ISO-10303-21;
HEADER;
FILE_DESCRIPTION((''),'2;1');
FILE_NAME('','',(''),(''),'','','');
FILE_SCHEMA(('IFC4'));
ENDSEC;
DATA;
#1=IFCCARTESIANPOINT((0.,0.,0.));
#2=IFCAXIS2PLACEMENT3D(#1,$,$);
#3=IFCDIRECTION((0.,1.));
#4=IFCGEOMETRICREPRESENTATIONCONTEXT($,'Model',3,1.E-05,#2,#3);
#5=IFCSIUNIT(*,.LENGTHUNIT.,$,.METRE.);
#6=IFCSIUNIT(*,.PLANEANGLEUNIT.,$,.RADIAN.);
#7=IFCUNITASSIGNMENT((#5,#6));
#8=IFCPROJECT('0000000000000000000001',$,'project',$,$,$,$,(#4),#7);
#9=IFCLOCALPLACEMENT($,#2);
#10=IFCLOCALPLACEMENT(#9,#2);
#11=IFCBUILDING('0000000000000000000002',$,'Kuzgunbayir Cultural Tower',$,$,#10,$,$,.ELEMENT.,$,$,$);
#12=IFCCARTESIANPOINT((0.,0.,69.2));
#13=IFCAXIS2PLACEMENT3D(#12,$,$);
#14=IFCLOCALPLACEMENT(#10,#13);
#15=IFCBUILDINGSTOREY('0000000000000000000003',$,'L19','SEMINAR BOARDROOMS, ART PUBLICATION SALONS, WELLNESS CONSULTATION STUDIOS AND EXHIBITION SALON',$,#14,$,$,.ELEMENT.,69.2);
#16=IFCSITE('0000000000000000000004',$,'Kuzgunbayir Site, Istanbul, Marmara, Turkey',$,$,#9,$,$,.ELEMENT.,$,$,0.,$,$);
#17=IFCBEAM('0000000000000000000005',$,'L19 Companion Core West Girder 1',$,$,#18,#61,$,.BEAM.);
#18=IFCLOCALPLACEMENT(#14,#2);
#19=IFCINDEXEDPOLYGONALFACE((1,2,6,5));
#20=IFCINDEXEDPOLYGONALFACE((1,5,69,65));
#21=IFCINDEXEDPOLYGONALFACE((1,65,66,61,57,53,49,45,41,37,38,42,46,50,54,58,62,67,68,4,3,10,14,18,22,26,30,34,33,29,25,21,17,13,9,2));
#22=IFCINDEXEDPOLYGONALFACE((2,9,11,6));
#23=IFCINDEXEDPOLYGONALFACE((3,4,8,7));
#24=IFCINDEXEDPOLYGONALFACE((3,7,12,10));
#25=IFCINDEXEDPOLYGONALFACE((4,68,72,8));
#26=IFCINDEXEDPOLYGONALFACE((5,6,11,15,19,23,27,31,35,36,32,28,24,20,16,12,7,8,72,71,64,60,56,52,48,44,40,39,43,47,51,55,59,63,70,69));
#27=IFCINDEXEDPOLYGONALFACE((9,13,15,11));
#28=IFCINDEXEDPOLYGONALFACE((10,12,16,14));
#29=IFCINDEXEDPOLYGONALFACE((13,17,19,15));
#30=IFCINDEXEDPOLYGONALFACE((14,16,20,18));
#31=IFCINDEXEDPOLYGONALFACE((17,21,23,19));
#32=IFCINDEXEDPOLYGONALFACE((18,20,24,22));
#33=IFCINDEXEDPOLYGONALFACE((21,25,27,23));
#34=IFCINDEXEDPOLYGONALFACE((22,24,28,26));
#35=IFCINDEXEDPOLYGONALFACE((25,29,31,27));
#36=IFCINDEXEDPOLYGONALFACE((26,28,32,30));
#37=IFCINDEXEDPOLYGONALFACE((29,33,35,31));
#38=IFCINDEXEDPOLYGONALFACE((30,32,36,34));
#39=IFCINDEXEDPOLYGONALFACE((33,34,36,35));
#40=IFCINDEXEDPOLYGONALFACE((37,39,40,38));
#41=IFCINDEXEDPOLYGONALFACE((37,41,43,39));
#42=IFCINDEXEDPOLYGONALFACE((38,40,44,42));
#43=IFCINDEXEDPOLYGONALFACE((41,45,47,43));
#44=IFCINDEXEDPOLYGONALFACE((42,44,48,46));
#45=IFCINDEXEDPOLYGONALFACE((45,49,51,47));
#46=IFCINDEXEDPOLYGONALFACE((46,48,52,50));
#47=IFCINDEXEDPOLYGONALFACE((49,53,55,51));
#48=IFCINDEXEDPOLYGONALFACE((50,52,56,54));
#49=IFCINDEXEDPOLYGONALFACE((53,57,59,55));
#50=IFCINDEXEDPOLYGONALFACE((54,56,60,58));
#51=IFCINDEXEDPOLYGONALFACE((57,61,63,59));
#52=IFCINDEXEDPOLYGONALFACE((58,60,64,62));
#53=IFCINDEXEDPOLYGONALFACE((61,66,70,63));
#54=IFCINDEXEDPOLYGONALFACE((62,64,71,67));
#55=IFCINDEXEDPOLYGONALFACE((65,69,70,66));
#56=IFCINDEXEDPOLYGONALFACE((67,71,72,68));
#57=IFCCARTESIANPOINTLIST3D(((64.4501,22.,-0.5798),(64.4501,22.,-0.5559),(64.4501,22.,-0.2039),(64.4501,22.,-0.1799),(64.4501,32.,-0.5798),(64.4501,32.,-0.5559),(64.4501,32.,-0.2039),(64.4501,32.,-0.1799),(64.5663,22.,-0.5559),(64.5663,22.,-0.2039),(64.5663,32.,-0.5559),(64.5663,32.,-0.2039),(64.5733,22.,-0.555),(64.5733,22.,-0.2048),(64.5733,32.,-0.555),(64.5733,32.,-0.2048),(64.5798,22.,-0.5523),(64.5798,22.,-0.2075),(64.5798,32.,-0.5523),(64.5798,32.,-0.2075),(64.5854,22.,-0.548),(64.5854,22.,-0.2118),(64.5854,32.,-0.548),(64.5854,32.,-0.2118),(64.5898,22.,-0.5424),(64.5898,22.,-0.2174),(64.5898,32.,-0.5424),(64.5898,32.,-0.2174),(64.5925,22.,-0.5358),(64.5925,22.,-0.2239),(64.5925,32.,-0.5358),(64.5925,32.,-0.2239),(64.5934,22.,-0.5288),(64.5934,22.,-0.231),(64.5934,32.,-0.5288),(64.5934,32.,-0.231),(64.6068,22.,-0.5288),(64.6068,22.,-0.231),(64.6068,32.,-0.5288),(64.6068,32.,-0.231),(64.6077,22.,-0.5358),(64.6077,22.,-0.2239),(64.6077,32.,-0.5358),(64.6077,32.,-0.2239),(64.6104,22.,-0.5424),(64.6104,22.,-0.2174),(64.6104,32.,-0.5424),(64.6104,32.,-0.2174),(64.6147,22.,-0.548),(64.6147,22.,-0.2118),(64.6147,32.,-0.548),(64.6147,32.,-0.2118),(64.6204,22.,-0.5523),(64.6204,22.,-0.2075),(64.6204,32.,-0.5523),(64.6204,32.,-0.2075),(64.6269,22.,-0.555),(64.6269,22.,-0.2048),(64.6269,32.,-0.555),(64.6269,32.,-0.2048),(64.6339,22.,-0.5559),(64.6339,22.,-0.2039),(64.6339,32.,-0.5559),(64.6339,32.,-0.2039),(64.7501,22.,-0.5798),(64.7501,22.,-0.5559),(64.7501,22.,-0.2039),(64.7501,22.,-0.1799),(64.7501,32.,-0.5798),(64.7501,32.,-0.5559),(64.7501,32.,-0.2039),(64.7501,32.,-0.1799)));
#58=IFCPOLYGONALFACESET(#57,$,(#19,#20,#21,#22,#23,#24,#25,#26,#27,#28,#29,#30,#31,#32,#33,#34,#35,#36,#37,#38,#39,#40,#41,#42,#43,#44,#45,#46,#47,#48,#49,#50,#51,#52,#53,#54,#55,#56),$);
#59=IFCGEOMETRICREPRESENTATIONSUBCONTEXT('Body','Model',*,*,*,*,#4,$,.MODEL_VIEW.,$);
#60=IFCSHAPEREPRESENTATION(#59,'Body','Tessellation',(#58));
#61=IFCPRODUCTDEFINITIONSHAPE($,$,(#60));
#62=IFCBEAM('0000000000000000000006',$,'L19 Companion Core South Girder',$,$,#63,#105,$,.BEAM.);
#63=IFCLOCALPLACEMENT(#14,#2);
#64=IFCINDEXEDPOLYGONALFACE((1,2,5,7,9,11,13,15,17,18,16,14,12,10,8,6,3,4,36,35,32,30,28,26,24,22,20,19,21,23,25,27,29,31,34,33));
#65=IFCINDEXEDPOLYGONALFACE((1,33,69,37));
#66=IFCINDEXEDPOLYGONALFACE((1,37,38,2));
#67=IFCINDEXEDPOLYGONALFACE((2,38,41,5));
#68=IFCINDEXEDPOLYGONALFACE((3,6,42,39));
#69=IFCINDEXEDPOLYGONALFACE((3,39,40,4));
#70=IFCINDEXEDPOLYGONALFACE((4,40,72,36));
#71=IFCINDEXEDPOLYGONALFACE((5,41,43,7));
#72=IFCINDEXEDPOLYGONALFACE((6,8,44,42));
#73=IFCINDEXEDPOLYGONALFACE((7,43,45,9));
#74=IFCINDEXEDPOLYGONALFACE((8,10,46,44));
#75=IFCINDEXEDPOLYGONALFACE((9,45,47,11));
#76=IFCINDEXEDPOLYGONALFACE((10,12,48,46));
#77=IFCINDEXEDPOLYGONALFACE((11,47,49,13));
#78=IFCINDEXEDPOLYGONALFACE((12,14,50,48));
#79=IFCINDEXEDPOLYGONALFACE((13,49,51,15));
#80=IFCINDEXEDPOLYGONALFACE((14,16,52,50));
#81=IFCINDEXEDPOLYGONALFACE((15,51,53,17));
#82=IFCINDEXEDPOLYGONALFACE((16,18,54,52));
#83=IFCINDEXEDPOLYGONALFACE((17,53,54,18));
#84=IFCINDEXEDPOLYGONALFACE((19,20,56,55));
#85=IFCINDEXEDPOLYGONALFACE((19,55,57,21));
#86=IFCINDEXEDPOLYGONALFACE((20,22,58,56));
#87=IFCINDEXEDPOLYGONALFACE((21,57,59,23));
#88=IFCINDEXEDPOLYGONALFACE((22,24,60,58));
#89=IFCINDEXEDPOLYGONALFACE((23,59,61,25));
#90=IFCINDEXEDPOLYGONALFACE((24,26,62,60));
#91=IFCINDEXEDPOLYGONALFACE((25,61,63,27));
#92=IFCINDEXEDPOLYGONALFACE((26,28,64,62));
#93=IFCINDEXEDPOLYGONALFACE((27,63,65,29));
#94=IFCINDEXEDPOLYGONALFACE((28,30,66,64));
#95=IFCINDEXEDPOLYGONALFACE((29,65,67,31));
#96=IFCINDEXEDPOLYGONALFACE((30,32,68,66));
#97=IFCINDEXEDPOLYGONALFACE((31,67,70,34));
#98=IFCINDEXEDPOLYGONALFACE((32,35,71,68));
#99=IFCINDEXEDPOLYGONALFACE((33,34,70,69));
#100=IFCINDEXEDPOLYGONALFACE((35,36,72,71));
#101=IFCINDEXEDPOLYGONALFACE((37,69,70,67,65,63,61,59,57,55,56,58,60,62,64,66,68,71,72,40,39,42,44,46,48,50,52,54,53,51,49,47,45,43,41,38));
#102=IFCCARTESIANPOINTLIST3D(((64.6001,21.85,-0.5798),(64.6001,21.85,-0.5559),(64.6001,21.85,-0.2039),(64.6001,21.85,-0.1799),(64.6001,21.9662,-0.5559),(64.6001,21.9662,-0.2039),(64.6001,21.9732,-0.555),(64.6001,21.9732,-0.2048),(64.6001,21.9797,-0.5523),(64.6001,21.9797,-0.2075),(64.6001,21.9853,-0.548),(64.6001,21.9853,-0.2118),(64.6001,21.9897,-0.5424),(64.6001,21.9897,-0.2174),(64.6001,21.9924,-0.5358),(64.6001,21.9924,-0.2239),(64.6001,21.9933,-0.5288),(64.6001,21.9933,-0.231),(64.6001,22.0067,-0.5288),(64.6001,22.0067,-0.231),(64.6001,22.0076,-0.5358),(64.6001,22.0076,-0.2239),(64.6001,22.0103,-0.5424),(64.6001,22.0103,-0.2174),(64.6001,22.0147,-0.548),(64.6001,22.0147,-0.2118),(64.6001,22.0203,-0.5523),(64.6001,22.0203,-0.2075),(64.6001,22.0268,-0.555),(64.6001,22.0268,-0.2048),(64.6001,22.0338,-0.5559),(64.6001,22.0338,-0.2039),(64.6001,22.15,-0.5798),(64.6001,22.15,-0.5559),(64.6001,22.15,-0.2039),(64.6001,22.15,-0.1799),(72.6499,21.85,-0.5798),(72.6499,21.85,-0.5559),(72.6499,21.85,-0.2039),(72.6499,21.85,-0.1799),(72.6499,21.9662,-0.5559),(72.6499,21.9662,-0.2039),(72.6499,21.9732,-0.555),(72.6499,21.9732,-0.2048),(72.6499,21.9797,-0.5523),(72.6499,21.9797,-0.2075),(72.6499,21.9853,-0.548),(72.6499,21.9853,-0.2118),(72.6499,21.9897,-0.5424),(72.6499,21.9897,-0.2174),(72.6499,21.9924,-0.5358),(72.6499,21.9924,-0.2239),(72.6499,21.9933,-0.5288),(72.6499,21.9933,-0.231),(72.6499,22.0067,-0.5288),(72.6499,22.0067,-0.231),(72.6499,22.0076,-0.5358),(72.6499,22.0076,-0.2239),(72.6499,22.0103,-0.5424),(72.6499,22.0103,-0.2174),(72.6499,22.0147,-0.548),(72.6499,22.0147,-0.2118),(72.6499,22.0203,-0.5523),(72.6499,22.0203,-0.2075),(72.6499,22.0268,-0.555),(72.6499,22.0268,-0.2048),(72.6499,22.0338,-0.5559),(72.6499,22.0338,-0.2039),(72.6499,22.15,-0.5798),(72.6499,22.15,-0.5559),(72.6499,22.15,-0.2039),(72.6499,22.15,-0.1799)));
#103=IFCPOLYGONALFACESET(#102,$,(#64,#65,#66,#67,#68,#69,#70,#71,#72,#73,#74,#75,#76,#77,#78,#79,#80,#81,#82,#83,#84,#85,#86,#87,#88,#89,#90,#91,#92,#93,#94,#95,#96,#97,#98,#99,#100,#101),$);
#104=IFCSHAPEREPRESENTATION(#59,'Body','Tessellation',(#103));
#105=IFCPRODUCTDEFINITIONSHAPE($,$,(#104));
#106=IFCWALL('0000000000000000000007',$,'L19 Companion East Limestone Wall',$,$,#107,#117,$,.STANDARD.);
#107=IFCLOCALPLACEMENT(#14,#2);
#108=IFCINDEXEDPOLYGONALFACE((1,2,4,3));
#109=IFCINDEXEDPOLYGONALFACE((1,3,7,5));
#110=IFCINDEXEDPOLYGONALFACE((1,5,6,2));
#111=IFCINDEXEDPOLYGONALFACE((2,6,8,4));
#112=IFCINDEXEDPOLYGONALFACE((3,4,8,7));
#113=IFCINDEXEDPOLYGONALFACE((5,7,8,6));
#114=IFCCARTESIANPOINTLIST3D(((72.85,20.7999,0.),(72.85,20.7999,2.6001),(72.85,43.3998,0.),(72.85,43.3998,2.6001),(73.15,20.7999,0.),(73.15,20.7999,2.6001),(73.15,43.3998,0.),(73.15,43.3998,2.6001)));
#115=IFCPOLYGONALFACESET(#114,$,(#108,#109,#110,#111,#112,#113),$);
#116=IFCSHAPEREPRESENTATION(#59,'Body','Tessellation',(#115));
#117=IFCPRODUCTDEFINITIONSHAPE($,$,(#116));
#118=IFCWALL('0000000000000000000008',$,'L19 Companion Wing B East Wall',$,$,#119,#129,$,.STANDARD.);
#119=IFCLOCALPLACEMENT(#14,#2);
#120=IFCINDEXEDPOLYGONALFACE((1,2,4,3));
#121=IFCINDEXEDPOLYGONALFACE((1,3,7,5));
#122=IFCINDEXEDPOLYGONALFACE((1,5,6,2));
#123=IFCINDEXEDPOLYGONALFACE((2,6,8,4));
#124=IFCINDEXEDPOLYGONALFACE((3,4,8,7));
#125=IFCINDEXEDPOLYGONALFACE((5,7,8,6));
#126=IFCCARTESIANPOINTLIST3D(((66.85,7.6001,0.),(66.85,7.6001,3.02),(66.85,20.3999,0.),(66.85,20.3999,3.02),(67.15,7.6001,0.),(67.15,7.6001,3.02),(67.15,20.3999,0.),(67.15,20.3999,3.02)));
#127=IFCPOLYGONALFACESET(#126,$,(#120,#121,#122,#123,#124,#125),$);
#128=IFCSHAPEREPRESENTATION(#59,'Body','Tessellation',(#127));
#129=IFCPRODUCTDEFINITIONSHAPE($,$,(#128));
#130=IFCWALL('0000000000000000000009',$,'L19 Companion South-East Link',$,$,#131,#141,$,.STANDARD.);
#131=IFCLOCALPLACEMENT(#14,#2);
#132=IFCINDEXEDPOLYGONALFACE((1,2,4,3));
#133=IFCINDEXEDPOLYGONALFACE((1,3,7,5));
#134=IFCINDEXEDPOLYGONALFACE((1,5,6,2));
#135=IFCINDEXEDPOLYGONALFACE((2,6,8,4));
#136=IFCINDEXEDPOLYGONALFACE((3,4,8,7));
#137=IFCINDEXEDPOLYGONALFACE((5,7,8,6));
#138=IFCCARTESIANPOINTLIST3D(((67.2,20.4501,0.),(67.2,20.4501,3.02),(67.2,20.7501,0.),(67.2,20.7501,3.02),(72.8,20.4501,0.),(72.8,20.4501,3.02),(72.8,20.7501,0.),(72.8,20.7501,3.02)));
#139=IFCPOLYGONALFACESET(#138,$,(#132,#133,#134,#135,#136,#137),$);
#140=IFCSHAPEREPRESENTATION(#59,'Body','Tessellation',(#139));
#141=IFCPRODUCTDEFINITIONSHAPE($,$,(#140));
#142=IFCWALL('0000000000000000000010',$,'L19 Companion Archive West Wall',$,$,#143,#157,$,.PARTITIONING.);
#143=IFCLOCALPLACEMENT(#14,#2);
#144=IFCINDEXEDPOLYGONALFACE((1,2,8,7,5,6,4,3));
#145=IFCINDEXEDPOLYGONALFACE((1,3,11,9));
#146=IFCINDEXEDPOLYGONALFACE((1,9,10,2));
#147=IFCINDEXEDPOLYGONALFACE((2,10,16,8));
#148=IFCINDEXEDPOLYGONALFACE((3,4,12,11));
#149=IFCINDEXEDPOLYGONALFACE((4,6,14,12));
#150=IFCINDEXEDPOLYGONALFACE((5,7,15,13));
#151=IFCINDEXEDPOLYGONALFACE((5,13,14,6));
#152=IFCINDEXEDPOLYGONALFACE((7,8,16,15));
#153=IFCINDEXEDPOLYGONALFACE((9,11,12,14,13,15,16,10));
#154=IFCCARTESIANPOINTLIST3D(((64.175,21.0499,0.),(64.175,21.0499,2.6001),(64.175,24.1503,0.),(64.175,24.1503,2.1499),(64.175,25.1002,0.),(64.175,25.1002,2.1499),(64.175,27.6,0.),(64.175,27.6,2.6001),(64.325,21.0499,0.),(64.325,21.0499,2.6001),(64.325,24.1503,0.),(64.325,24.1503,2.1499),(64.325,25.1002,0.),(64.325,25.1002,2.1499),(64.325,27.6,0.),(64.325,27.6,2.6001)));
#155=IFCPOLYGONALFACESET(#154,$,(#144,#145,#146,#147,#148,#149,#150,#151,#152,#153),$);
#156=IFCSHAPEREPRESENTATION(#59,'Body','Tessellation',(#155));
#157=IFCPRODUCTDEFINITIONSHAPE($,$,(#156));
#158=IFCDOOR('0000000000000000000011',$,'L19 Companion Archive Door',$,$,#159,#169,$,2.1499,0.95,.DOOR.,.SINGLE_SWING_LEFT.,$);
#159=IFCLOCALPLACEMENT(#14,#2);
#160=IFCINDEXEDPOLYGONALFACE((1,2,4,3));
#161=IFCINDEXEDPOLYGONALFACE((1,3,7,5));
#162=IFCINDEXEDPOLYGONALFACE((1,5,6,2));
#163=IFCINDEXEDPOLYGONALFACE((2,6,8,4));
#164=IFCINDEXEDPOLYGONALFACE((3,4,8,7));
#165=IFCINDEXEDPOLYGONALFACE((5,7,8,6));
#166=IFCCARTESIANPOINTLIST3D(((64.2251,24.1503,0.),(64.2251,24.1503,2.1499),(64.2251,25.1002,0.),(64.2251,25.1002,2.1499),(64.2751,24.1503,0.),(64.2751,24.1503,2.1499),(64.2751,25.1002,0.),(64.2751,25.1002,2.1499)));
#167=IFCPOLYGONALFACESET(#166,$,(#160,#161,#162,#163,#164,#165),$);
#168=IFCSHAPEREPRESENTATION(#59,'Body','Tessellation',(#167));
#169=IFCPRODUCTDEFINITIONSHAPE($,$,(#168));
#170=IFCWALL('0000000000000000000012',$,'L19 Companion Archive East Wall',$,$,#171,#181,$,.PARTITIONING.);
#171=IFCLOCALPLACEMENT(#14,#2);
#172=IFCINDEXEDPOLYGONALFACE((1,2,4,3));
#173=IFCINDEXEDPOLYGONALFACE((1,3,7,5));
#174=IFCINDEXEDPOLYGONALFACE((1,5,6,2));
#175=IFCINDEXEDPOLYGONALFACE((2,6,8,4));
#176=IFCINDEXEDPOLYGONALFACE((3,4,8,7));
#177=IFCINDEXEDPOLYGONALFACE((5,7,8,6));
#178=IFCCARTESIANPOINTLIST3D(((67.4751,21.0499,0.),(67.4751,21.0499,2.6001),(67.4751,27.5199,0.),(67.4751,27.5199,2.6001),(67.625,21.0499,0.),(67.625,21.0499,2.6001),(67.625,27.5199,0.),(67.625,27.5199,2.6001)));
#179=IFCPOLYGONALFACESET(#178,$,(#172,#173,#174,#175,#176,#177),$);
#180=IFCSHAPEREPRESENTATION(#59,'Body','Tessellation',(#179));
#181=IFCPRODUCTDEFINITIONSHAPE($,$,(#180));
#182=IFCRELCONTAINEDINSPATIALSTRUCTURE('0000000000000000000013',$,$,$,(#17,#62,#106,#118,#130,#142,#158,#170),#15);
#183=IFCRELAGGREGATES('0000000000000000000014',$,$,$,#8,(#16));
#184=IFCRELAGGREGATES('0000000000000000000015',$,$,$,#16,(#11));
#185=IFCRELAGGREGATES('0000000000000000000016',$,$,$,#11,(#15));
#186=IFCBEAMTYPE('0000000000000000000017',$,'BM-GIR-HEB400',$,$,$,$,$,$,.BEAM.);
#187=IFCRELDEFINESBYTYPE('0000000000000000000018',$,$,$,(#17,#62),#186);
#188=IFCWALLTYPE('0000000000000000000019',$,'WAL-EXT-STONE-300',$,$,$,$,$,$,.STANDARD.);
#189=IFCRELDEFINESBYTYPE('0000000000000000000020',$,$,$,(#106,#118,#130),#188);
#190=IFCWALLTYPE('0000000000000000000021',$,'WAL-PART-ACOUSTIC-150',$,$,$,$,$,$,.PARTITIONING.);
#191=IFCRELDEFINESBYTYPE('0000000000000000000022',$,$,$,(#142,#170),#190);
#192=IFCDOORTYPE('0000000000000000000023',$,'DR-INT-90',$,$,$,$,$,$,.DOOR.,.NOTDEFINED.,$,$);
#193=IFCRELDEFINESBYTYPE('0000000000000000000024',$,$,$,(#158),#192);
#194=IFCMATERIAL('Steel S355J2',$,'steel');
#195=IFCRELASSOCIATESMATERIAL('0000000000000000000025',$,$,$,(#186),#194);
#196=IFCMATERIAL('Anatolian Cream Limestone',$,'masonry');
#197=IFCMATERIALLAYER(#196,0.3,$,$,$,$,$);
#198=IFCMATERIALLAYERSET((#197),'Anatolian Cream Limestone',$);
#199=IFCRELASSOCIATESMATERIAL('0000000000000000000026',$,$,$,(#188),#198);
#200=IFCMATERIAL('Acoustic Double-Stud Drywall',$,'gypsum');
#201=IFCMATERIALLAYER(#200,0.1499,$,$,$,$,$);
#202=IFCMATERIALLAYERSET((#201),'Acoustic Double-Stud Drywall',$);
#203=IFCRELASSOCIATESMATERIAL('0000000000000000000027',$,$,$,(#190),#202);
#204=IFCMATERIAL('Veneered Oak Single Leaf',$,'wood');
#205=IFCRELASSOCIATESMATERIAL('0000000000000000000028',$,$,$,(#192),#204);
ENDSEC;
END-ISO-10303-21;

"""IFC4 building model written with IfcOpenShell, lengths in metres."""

from ifc_helpers import new_model, si_unit, direction, frame, frame_2d, origin, origin_2d, place, context, subcontext, project, spatial, rectangle, i_section, extrude, material, layer, layer_set, material_profile, profile_set, type_object, element, fill, save


model = new_model("IFC4")

# Units and contexts
model_context = context("Model", 3, precision=1e-05, world=origin(), true_north=direction((0.0, 1.0)))
body_context = subcontext(model_context, "Body", "Model", "MODEL_VIEW")
ifc_project = project(units=[si_unit("LENGTHUNIT", "METRE"), si_unit("PLANEANGLEUNIT", "RADIAN")], contexts=[model_context])

# Site, building, storey
site_placement = place(None, origin())
site = spatial("IfcSite", under=ifc_project, at=site_placement, Name="Kuzgunbayir Site, Istanbul, Marmara, Turkey", CompositionType="ELEMENT", RefElevation=0.0)
building_placement = place(site_placement, origin())
building = spatial("IfcBuilding", under=site, at=building_placement, Name="Kuzgunbayir Cultural Tower", CompositionType="ELEMENT")
storey_placement = place(building_placement, frame((0.0, 0.0, 69.2)))
storey = spatial("IfcBuildingStorey", under=building, at=storey_placement, Name="L19", Description="SEMINAR BOARDROOMS, ART PUBLICATION SALONS, WELLNESS CONSULTATION STUDIOS AND EXHIBITION SALON", CompositionType="ELEMENT", Elevation=69.2)

# Beams
ifc_material_1 = material(Name="Steel S355J2", Category="steel")
ifc_material_profile_1 = material_profile(ifc_material_1, i_section(OverallWidth=0.3, OverallDepth=0.3999, WebThickness=0.0134, FlangeThickness=0.0239, FilletRadius=0.0271, at=origin_2d()), Name="HEB 400")
ifc_profile_set_1 = profile_set([ifc_material_profile_1], Name="Steel S355J2")
beam_type_1 = type_object("IfcBeamType", Name="BM-GIR-HEB400", PredefinedType="BEAM", material=ifc_profile_set_1)
beam_1_placement = place(storey_placement, frame((64.6001, 22.0, -0.3799), z_axis=(0.0, 1.0, 0.0), x_axis=(-1.0, 0.0, 0.0)))
element("IfcBeam", 1, at=beam_1_placement, inside=storey, type_object=beam_type_1, Name="L19 Companion Core West Girder 1", PredefinedType="BEAM", context=body_context, shape_type="SweptSolid", body=[
    extrude(i_section(OverallWidth=0.3, OverallDepth=0.3999, WebThickness=0.0134, FlangeThickness=0.0239, FilletRadius=0.0271, at=origin_2d()), origin(), (0.0, 0.0, 1.0), 10.0),
])
beam_2_placement = place(storey_placement, frame((64.6001, 22.0, -0.3799), z_axis=(1.0, 0.0, 0.0), x_axis=(0.0, 1.0, 0.0)))
element("IfcBeam", 2, at=beam_2_placement, inside=storey, type_object=beam_type_1, Name="L19 Companion Core South Girder", PredefinedType="BEAM", context=body_context, shape_type="SweptSolid", body=[
    extrude(i_section(OverallWidth=0.3, OverallDepth=0.3999, WebThickness=0.0134, FlangeThickness=0.0239, FilletRadius=0.0271, at=origin_2d()), origin(), (0.0, 0.0, 1.0), 8.0498),
])

# Walls
ifc_material_2 = material(Name="Anatolian Cream Limestone", Category="masonry")
ifc_layer_1 = layer(ifc_material_2, 0.3)
ifc_layer_set_1 = layer_set([ifc_layer_1], Name="Anatolian Cream Limestone")
wall_type_1 = type_object("IfcWallType", Name="WAL-EXT-STONE-300", PredefinedType="STANDARD", material=ifc_layer_set_1)
wall_1_placement = place(storey_placement, frame((73.0, 20.8, 0.0), z_axis=(0.0, 0.0, 1.0), x_axis=(0.0, 1.0, 0.0)))
element("IfcWall", 3, at=wall_1_placement, inside=storey, type_object=wall_type_1, Name="L19 Companion East Limestone Wall", PredefinedType="STANDARD", context=body_context, shape_type="SweptSolid", body=[
    extrude(rectangle(XDim=22.5999, YDim=0.3, at=frame_2d((11.2998, 0.0))), origin(), (0.0, 0.0, 1.0), 2.6001),
])
wall_2_placement = place(storey_placement, frame((67.0, 7.6001, 0.0), z_axis=(0.0, 0.0, 1.0), x_axis=(0.0, 1.0, 0.0)))
element("IfcWall", 4, at=wall_2_placement, inside=storey, type_object=wall_type_1, Name="L19 Companion Wing B East Wall", PredefinedType="STANDARD", context=body_context, shape_type="SweptSolid", body=[
    extrude(rectangle(XDim=12.7998, YDim=0.3, at=frame_2d((6.3999, 0.0))), origin(), (0.0, 0.0, 1.0), 3.02),
])
wall_3_placement = place(storey_placement, frame((67.2, 20.6001, 0.0), z_axis=(0.0, 0.0, 1.0), x_axis=(1.0, 0.0, 0.0)))
element("IfcWall", 5, at=wall_3_placement, inside=storey, type_object=wall_type_1, Name="L19 Companion South-East Link", PredefinedType="STANDARD", context=body_context, shape_type="SweptSolid", body=[
    extrude(rectangle(XDim=5.6001, YDim=0.3, at=frame_2d((2.8, 0.0))), origin(), (0.0, 0.0, 1.0), 3.02),
])

# Wall, opening, door
ifc_material_3 = material(Name="Acoustic Double-Stud Drywall", Category="gypsum")
ifc_layer_2 = layer(ifc_material_3, 0.1499)
ifc_layer_set_2 = layer_set([ifc_layer_2], Name="Acoustic Double-Stud Drywall")
wall_type_2 = type_object("IfcWallType", Name="WAL-PART-ACOUSTIC-150", PredefinedType="PARTITIONING", material=ifc_layer_set_2)
wall_4_placement = place(storey_placement, frame((64.25, 21.05, 0.0), z_axis=(0.0, 0.0, 1.0), x_axis=(0.0, 1.0, 0.0)))
wall_4 = element("IfcWall", 6, at=wall_4_placement, inside=storey, type_object=wall_type_2, Name="L19 Companion Archive West Wall", PredefinedType="PARTITIONING", context=body_context, shape_type="SweptSolid", body=[
    extrude(rectangle(XDim=6.55, YDim=0.1499, at=frame_2d((3.2749, 0.0))), origin(), (0.0, 0.0, 1.0), 2.6001),
])
opening_1_placement = place(wall_4_placement, frame((3.1001, 0.0, 0.0)))
opening_1 = element("IfcOpeningElement", 7, at=opening_1_placement, cuts=wall_4, PredefinedType="OPENING", context=body_context, shape_type="SweptSolid", body=[
    extrude(rectangle(XDim=0.95, YDim=2.1499, at=frame_2d((0.4751, 1.075))), frame((0.0, 0.085, 0.0), z_axis=(0.0, -1.0, 0.0), x_axis=(1.0, 0.0, 0.0)), (0.0, 0.0, 1.0), 0.1699),
])
ifc_material_4 = material(Name="Veneered Oak Single Leaf", Category="wood")
door_type_1 = type_object("IfcDoorType", Name="DR-INT-90", OperationType="NOTDEFINED", PredefinedType="DOOR", material=ifc_material_4)
door_1_placement = place(opening_1_placement, origin())
door_1 = element("IfcDoor", 8, at=door_1_placement, inside=storey, type_object=door_type_1, Name="L19 Companion Archive Door", OperationType="SINGLE_SWING_LEFT", OverallHeight=2.1499, OverallWidth=0.95, PredefinedType="DOOR", context=body_context, shape_type="SweptSolid", body=[
    extrude(rectangle(XDim=0.95, YDim=2.1499, at=frame_2d((0.4751, 1.075))), frame((0.0, 0.0249, 0.0), z_axis=(0.0, -1.0, 0.0), x_axis=(1.0, 0.0, 0.0)), (0.0, 0.0, 1.0), 0.05),
])
fill(opening_1, door_1)

# Wall
wall_5_placement = place(storey_placement, frame((67.55, 21.05, 0.0), z_axis=(0.0, 0.0, 1.0), x_axis=(0.0, 1.0, 0.0)))
element("IfcWall", 9, at=wall_5_placement, inside=storey, type_object=wall_type_2, Name="L19 Companion Archive East Wall", PredefinedType="PARTITIONING", context=body_context, shape_type="SweptSolid", body=[
    extrude(rectangle(XDim=6.47, YDim=0.1499, at=frame_2d((3.2349, 0.0))), origin(), (0.0, 0.0, 1.0), 2.6001),
])

save(model, "model.ifc")
